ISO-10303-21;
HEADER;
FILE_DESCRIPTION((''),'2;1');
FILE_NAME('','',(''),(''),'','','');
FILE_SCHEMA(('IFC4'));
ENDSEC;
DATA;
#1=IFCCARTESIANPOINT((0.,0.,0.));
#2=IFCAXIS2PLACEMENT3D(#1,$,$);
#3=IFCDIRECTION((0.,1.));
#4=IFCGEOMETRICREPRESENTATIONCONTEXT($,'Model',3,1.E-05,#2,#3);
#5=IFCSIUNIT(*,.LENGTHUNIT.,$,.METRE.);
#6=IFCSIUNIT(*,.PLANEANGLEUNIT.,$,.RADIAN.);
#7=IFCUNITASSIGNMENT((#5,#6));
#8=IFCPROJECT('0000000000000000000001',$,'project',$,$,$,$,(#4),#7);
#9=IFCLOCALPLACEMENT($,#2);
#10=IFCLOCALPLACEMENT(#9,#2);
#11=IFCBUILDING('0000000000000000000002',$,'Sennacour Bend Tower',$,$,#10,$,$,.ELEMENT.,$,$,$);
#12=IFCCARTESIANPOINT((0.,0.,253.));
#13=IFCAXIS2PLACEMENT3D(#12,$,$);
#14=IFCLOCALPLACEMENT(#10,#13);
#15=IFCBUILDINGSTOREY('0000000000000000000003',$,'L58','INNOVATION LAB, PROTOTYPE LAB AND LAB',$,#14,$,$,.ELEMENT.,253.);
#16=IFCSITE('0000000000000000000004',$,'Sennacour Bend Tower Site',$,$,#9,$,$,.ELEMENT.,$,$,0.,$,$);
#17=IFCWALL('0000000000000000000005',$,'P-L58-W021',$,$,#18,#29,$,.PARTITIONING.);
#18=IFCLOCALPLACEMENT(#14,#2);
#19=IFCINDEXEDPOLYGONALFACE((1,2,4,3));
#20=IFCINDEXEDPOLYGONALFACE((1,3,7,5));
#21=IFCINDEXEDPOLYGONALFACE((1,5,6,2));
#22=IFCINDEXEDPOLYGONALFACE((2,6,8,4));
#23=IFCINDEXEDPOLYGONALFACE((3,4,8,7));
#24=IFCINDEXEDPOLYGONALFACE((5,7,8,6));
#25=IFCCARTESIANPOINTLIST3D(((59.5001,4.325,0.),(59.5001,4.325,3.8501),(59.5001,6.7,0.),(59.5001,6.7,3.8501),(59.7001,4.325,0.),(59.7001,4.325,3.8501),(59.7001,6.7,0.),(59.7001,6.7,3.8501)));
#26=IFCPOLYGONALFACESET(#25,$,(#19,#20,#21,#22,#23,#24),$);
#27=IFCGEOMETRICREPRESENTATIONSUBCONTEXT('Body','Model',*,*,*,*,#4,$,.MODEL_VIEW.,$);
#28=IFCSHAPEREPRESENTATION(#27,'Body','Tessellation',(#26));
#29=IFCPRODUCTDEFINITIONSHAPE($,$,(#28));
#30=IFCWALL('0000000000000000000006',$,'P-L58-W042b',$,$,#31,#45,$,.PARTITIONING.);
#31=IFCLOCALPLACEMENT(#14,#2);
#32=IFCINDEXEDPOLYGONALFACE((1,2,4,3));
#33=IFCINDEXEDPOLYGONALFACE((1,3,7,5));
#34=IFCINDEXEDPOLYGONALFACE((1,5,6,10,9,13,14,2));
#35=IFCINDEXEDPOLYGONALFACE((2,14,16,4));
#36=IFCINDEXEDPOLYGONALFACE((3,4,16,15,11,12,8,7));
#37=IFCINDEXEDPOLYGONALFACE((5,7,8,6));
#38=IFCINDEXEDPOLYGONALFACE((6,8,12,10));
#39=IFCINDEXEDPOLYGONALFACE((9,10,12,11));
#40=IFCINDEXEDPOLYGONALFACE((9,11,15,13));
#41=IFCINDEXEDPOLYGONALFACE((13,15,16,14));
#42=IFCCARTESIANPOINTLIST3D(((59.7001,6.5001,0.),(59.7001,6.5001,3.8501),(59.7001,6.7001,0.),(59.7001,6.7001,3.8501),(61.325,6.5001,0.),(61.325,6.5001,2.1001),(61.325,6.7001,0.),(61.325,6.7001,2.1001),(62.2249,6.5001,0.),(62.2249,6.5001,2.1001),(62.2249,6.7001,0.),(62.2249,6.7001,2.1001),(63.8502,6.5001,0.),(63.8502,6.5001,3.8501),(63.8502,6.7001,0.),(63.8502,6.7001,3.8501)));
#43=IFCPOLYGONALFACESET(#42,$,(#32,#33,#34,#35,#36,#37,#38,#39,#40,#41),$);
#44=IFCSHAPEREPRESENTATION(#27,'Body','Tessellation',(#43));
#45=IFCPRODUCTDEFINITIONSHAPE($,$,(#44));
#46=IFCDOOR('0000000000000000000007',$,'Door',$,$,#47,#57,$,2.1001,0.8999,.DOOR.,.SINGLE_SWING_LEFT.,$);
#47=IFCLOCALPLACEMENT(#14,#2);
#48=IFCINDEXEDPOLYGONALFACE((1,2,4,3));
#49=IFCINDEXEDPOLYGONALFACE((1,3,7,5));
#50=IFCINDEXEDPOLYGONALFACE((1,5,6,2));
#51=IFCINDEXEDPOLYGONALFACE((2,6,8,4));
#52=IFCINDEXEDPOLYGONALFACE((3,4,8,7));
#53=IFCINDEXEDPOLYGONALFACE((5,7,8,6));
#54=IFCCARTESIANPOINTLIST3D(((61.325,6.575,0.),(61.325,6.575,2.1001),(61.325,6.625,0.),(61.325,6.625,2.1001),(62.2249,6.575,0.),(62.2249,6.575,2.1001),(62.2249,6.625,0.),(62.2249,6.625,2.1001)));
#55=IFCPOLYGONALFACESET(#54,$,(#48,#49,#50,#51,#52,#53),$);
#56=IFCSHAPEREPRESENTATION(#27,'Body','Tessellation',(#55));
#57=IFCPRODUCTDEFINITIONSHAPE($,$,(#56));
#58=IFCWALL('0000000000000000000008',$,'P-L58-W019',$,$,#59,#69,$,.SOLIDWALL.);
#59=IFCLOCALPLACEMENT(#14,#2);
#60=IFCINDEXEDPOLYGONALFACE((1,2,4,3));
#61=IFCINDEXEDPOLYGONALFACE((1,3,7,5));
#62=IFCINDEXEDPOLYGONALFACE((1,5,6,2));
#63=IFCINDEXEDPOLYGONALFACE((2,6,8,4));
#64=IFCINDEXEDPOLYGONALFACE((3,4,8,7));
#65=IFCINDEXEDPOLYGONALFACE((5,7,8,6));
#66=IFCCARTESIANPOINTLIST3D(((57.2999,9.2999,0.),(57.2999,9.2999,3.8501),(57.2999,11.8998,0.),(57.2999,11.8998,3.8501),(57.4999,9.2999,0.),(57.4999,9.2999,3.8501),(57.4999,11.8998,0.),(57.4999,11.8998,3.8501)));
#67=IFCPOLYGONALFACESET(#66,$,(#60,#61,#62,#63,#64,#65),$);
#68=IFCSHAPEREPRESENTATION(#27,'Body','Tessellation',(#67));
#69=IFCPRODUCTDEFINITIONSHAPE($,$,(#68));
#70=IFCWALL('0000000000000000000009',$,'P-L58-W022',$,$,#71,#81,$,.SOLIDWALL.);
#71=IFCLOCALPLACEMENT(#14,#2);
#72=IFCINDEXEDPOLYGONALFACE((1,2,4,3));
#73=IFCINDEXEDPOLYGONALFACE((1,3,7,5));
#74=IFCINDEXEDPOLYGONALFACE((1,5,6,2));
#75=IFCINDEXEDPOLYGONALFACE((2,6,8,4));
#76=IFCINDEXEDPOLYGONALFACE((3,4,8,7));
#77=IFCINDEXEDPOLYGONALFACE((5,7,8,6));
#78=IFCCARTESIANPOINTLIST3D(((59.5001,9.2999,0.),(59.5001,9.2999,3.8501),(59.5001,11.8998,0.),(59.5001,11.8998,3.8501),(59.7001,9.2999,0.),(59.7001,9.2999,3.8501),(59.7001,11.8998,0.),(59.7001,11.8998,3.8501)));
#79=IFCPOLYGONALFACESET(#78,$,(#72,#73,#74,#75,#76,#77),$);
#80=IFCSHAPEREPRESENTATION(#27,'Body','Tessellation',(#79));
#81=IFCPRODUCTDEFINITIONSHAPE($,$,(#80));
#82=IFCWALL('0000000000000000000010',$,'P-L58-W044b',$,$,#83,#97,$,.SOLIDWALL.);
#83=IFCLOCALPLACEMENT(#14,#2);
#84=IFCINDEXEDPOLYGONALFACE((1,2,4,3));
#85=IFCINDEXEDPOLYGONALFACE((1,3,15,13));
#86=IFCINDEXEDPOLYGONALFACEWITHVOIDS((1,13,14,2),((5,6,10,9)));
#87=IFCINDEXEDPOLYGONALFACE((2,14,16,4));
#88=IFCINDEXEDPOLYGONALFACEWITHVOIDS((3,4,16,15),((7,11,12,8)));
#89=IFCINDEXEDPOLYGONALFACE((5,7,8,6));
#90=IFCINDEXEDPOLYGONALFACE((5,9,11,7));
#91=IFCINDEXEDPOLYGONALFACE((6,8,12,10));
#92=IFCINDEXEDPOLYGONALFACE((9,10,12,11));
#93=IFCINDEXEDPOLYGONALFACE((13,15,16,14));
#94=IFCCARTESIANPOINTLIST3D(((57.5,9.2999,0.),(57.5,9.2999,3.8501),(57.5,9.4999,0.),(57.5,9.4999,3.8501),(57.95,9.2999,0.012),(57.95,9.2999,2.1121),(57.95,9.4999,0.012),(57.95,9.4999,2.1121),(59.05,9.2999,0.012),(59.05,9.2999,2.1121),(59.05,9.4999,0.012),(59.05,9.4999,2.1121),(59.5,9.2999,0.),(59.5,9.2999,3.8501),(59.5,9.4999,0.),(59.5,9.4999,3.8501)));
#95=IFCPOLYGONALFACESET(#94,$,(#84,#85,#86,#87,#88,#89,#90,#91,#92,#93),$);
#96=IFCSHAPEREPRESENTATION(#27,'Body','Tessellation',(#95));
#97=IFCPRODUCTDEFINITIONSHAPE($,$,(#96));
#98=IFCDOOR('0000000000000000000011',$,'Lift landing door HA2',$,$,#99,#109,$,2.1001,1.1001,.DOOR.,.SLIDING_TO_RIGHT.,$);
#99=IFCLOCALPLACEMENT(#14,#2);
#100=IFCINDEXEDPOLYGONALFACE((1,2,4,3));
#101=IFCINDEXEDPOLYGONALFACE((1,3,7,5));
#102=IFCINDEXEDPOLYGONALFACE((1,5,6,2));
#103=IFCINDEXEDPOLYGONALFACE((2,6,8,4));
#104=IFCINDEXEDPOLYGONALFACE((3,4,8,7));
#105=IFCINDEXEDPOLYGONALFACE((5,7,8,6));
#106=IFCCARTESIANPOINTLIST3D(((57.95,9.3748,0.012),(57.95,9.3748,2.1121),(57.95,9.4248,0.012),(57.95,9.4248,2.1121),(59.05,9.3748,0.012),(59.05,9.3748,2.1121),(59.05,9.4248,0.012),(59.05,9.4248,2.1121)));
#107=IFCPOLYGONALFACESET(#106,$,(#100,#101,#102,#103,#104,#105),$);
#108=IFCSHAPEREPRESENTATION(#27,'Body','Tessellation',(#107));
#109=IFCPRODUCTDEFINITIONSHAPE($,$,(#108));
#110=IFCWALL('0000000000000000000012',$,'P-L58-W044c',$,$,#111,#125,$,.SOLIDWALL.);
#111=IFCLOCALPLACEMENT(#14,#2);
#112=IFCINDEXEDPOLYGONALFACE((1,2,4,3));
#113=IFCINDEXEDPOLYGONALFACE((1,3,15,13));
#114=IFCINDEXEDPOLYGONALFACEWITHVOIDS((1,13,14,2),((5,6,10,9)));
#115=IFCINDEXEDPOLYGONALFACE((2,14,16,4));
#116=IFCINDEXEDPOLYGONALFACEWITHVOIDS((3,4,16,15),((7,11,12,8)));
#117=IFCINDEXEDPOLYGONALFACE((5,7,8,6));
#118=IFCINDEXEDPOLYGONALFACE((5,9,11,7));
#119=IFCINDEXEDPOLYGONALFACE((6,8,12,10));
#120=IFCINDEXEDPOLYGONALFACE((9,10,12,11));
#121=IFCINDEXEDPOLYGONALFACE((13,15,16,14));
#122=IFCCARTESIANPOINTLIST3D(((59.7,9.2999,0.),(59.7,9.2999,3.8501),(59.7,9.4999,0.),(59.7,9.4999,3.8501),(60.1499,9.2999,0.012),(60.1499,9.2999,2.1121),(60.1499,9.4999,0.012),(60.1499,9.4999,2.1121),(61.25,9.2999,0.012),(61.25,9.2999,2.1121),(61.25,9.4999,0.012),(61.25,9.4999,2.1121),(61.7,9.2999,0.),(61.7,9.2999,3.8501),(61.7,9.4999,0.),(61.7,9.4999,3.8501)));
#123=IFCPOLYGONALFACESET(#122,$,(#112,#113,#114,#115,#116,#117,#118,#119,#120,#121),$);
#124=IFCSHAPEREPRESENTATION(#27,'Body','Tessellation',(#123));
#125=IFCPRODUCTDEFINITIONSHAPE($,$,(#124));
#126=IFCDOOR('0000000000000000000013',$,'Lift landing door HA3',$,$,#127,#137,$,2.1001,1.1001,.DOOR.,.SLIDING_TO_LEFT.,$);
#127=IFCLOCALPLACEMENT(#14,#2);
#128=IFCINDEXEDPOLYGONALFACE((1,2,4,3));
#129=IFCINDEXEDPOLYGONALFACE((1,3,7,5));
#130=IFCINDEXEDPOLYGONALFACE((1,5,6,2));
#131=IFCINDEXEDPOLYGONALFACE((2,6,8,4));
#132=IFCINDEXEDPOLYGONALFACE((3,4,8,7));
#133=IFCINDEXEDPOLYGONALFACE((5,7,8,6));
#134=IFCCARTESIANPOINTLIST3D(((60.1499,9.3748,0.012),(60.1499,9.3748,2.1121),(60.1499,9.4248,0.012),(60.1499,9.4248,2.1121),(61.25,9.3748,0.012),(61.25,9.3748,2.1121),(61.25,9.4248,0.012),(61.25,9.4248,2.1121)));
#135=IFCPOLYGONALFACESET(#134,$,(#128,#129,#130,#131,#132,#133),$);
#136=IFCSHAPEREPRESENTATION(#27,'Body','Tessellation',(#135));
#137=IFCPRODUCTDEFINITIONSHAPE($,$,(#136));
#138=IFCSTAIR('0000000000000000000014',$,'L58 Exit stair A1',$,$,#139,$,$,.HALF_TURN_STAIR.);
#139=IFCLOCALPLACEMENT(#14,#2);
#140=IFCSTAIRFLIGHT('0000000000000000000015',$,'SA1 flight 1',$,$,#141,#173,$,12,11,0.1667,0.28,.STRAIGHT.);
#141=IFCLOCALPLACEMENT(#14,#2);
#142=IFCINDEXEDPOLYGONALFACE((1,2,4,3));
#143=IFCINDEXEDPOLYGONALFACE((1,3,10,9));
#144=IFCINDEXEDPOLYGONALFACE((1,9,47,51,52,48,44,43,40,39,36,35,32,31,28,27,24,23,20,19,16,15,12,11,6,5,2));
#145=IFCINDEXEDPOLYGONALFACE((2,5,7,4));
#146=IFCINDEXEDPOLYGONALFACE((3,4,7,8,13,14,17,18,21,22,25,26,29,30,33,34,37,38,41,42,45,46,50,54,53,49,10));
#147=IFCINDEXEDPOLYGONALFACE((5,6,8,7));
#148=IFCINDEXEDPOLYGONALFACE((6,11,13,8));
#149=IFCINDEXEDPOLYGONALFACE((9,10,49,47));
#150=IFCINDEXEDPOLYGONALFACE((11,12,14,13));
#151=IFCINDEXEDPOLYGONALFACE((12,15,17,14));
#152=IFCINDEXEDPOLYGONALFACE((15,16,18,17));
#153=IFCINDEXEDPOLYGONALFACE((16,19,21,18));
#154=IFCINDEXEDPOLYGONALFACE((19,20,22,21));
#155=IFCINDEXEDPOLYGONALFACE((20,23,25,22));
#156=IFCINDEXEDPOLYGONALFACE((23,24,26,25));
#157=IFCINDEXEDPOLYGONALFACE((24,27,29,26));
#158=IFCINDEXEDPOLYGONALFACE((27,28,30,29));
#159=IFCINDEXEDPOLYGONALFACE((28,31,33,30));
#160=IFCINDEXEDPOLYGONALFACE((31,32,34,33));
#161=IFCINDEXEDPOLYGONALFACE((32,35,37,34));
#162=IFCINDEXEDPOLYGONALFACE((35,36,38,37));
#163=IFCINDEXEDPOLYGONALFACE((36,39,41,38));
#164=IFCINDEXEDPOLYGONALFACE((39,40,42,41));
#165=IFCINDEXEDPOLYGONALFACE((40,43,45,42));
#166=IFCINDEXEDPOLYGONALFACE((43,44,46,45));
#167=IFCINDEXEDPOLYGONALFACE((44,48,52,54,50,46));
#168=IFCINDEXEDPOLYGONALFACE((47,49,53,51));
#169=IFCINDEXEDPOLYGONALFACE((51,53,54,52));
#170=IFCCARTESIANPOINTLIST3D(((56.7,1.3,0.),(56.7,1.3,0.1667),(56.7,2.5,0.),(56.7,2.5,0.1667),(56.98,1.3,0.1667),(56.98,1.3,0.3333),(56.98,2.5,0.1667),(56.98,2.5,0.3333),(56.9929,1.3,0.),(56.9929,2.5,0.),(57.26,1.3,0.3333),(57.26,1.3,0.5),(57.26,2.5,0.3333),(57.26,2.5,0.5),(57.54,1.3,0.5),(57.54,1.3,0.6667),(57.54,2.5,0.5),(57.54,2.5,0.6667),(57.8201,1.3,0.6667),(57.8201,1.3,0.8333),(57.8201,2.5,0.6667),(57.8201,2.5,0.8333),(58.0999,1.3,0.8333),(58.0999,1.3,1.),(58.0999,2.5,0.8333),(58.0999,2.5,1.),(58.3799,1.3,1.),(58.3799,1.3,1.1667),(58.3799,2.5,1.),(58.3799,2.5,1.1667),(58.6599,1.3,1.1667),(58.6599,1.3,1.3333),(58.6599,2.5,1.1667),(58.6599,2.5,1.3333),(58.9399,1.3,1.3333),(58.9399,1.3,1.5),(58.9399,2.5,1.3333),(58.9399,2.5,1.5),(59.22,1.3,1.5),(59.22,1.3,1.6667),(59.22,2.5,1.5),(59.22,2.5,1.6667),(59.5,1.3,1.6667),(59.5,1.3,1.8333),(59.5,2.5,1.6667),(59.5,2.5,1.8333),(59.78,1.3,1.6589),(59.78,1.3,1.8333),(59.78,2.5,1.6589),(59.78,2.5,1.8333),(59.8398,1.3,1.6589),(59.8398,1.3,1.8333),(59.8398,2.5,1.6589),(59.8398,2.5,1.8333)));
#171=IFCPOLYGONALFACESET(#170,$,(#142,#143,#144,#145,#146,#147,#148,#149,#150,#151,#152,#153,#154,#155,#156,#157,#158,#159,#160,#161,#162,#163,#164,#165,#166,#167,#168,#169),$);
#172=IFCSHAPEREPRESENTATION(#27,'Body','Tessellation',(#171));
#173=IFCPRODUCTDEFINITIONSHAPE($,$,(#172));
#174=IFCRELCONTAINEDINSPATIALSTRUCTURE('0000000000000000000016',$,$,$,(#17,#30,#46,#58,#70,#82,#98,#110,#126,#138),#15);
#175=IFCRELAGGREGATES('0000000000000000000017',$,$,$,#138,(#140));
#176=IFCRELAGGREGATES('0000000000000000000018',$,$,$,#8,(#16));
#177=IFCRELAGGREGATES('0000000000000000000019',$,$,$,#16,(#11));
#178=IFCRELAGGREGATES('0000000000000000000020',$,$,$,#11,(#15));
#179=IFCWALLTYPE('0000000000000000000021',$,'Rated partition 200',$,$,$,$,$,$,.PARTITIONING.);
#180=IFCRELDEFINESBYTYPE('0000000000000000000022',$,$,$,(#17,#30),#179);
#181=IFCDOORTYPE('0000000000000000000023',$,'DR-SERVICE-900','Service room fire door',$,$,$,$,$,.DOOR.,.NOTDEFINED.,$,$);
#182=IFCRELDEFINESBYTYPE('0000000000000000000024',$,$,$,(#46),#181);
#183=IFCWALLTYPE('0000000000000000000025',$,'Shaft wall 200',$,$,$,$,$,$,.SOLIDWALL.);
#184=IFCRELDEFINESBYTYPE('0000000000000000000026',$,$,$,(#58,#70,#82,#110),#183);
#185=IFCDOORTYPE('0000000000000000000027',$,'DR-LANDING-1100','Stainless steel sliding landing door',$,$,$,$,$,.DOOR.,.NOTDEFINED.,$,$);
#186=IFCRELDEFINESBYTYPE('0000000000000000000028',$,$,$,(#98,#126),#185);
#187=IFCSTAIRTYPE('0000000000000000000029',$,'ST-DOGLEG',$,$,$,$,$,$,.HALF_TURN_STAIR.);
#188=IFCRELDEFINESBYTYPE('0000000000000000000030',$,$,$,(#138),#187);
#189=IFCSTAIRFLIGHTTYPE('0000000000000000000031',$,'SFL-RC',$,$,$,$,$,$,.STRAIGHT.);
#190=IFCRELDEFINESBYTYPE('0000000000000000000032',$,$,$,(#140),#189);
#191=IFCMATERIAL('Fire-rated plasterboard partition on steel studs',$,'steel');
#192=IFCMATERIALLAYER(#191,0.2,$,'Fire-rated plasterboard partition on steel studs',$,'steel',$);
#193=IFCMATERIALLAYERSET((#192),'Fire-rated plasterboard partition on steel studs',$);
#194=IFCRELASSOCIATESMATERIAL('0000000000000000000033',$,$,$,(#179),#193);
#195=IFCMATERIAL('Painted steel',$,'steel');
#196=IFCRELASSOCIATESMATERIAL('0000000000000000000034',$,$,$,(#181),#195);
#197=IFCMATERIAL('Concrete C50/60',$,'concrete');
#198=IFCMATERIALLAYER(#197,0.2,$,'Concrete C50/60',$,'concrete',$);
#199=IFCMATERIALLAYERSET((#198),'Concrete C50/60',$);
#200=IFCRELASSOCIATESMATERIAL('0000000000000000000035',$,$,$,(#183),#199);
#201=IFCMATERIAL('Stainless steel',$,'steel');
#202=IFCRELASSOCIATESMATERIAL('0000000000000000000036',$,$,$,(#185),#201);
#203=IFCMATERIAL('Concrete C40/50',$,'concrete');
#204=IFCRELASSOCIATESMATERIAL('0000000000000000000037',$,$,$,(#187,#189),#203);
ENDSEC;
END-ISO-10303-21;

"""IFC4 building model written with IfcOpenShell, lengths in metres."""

from ifc_helpers import new_model, si_unit, direction, frame, frame_2d, origin, place, context, subcontext, project, spatial, polyline, rectangle, outline, extrude, material, layer, layer_set, type_object, element, fill, aggregate, save


model = new_model("IFC4")

# Units and contexts
model_context = context("Model", 3, precision=1e-05, world=origin(), true_north=direction((0.0, 1.0)))
body_context = subcontext(model_context, "Body", "Model", "MODEL_VIEW")
ifc_project = project(units=[si_unit("LENGTHUNIT", "METRE"), si_unit("PLANEANGLEUNIT", "RADIAN")], contexts=[model_context])

# Site, building, storey
site_placement = place(None, origin())
site = spatial("IfcSite", under=ifc_project, at=site_placement, Name="Sennacour Bend Tower Site", CompositionType="ELEMENT", RefElevation=0.0)
building_placement = place(site_placement, origin())
building = spatial("IfcBuilding", under=site, at=building_placement, Name="Sennacour Bend Tower", CompositionType="ELEMENT")
storey_placement = place(building_placement, frame((0.0, 0.0, 253.0)))
storey = spatial("IfcBuildingStorey", under=building, at=storey_placement, Name="L58", Description="INNOVATION LAB, PROTOTYPE LAB AND LAB", CompositionType="ELEMENT", Elevation=253.0)

# Wall
ifc_material_1 = material(Name="Fire-rated plasterboard partition on steel studs", Category="steel")
ifc_layer_1 = layer(ifc_material_1, 0.2, Name="Fire-rated plasterboard partition on steel studs", Category="steel")
ifc_layer_set_1 = layer_set([ifc_layer_1], Name="Fire-rated plasterboard partition on steel studs")
wall_type_1 = type_object("IfcWallType", Name="Rated partition 200", PredefinedType="PARTITIONING", material=ifc_layer_set_1)
wall_1_placement = place(storey_placement, frame((59.6001, 4.325, 0.0), z_axis=(0.0, 0.0, 1.0), x_axis=(0.0, 1.0, 0.0)))
element("IfcWall", 1, at=wall_1_placement, inside=storey, type_object=wall_type_1, Name="P-L58-W021", PredefinedType="PARTITIONING", context=body_context, shape_type="SweptSolid", body=[
    extrude(rectangle(XDim=2.375, YDim=0.2, at=frame_2d((1.1875, 0.0))), origin(), (0.0, 0.0, 1.0), 3.8501),
])

# Wall, opening, door
wall_2_placement = place(storey_placement, frame((59.7, 6.6001, 0.0), z_axis=(0.0, 0.0, 1.0), x_axis=(1.0, 0.0, 0.0)))
wall_2 = element("IfcWall", 2, at=wall_2_placement, inside=storey, type_object=wall_type_1, Name="P-L58-W042b", PredefinedType="PARTITIONING", context=body_context, shape_type="SweptSolid", body=[
    extrude(rectangle(XDim=4.1501, YDim=0.2, at=frame_2d((2.0752, 0.0))), origin(), (0.0, 0.0, 1.0), 3.8501),
])
opening_1_placement = place(wall_2_placement, frame((1.625, 0.0, 0.0)))
opening_1 = element("IfcOpeningElement", 3, at=opening_1_placement, cuts=wall_2, PredefinedType="OPENING", context=body_context, shape_type="SweptSolid", body=[
    extrude(rectangle(XDim=0.8999, YDim=2.1001, at=frame_2d((0.45, 1.05))), frame((0.0, 0.1099, 0.0), z_axis=(0.0, -1.0, 0.0), x_axis=(1.0, 0.0, 0.0)), (0.0, 0.0, 1.0), 0.22),
])
ifc_material_2 = material(Name="Painted steel", Category="steel")
door_type_1 = type_object("IfcDoorType", Name="DR-SERVICE-900", Description="Service room fire door", OperationType="NOTDEFINED", PredefinedType="DOOR", material=ifc_material_2)
door_1_placement = place(opening_1_placement, origin())
door_1 = element("IfcDoor", 4, at=door_1_placement, inside=storey, type_object=door_type_1, Name="Door", OperationType="SINGLE_SWING_LEFT", OverallHeight=2.1001, OverallWidth=0.8999, PredefinedType="DOOR", context=body_context, shape_type="SweptSolid", body=[
    extrude(rectangle(XDim=0.8999, YDim=2.1001, at=frame_2d((0.45, 1.05))), frame((0.0, 0.0249, 0.0), z_axis=(0.0, -1.0, 0.0), x_axis=(1.0, 0.0, 0.0)), (0.0, 0.0, 1.0), 0.05),
])
fill(opening_1, door_1)

# Walls
ifc_material_3 = material(Name="Concrete C50/60", Category="concrete")
ifc_layer_2 = layer(ifc_material_3, 0.2, Name="Concrete C50/60", Category="concrete")
ifc_layer_set_2 = layer_set([ifc_layer_2], Name="Concrete C50/60")
wall_type_2 = type_object("IfcWallType", Name="Shaft wall 200", PredefinedType="SOLIDWALL", material=ifc_layer_set_2)
for number, where, z_axis, x_axis, name in (
    (5, (57.3999, 9.3, 0.0), (0.0, 0.0, 1.0), (0.0, 1.0, 0.0), "P-L58-W019"),
    (6, (59.6001, 9.3, 0.0), (0.0, 0.0, 1.0), (0.0, 1.0, 0.0), "P-L58-W022"),
):
    element("IfcWall", number, at=place(storey_placement, frame(where, z_axis=z_axis, x_axis=x_axis)), inside=storey, type_object=wall_type_2, Name=name, PredefinedType="SOLIDWALL", context=body_context, shape_type="SweptSolid", body=[
        extrude(rectangle(XDim=2.5999, YDim=0.2, at=frame_2d((1.2998, 0.0))), origin(), (0.0, 0.0, 1.0), 3.8501),
    ])

# Walls, openings, doors
wall_3_placement = place(storey_placement, frame((57.5, 9.3999, 0.0), z_axis=(0.0, 0.0, 1.0), x_axis=(1.0, 0.0, 0.0)))
wall_3 = element("IfcWall", 7, at=wall_3_placement, inside=storey, type_object=wall_type_2, Name="P-L58-W044b", PredefinedType="SOLIDWALL", context=body_context, shape_type="SweptSolid", body=[
    extrude(rectangle(XDim=2.0, YDim=0.2, at=frame_2d((1.0, 0.0))), origin(), (0.0, 0.0, 1.0), 3.8501),
])
opening_2_placement = place(wall_3_placement, frame((0.45, 0.0, 0.012)))
opening_2 = element("IfcOpeningElement", 8, at=opening_2_placement, cuts=wall_3, PredefinedType="OPENING", context=body_context, shape_type="SweptSolid", body=[
    extrude(rectangle(XDim=1.1001, YDim=2.1001, at=frame_2d((0.55, 1.05))), frame((0.0, 0.1099, 0.0), z_axis=(0.0, -1.0, 0.0), x_axis=(1.0, 0.0, 0.0)), (0.0, 0.0, 1.0), 0.22),
])
ifc_material_4 = material(Name="Stainless steel", Category="steel")
door_type_2 = type_object("IfcDoorType", Name="DR-LANDING-1100", Description="Stainless steel sliding landing door", OperationType="NOTDEFINED", PredefinedType="DOOR", material=ifc_material_4)
door_2_placement = place(opening_2_placement, origin())
door_2 = element("IfcDoor", 9, at=door_2_placement, inside=storey, type_object=door_type_2, Name="Lift landing door HA2", OperationType="SLIDING_TO_RIGHT", OverallHeight=2.1001, OverallWidth=1.1001, PredefinedType="DOOR", context=body_context, shape_type="SweptSolid", body=[
    extrude(rectangle(XDim=1.1001, YDim=2.1001, at=frame_2d((0.55, 1.05))), frame((0.0, 0.0249, 0.0), z_axis=(0.0, -1.0, 0.0), x_axis=(1.0, 0.0, 0.0)), (0.0, 0.0, 1.0), 0.05),
])
fill(opening_2, door_2)
wall_4_placement = place(storey_placement, frame((59.7, 9.3999, 0.0), z_axis=(0.0, 0.0, 1.0), x_axis=(1.0, 0.0, 0.0)))
wall_4 = element("IfcWall", 10, at=wall_4_placement, inside=storey, type_object=wall_type_2, Name="P-L58-W044c", PredefinedType="SOLIDWALL", context=body_context, shape_type="SweptSolid", body=[
    extrude(rectangle(XDim=2.0, YDim=0.2, at=frame_2d((1.0, 0.0))), origin(), (0.0, 0.0, 1.0), 3.8501),
])
opening_3_placement = place(wall_4_placement, frame((0.45, 0.0, 0.012)))
opening_3 = element("IfcOpeningElement", 11, at=opening_3_placement, cuts=wall_4, PredefinedType="OPENING", context=body_context, shape_type="SweptSolid", body=[
    extrude(rectangle(XDim=1.1001, YDim=2.1001, at=frame_2d((0.55, 1.05))), frame((0.0, 0.1099, 0.0), z_axis=(0.0, -1.0, 0.0), x_axis=(1.0, 0.0, 0.0)), (0.0, 0.0, 1.0), 0.22),
])
door_3_placement = place(opening_3_placement, origin())
door_3 = element("IfcDoor", 12, at=door_3_placement, inside=storey, type_object=door_type_2, Name="Lift landing door HA3", OperationType="SLIDING_TO_LEFT", OverallHeight=2.1001, OverallWidth=1.1001, PredefinedType="DOOR", context=body_context, shape_type="SweptSolid", body=[
    extrude(rectangle(XDim=1.1001, YDim=2.1001, at=frame_2d((0.55, 1.05))), frame((0.0, 0.0249, 0.0), z_axis=(0.0, -1.0, 0.0), x_axis=(1.0, 0.0, 0.0)), (0.0, 0.0, 1.0), 0.05),
])
fill(opening_3, door_3)

# Stair, stair flight
ifc_material_5 = material(Name="Concrete C40/50", Category="concrete")
stair_type = type_object("IfcStairType", Name="ST-DOGLEG", PredefinedType="HALF_TURN_STAIR", material=ifc_material_5)
stair_placement = place(storey_placement, origin())
stair = element("IfcStair", 13, at=stair_placement, inside=storey, type_object=stair_type, Name="L58 Exit stair A1", PredefinedType="HALF_TURN_STAIR")
stair_flight_type = type_object("IfcStairFlightType", Name="SFL-RC", PredefinedType="STRAIGHT", material=ifc_material_5)
stair_flight_placement = place(storey_placement, frame((56.7, 1.8999, 0.0), z_axis=(0.0, 0.0, 1.0), x_axis=(1.0, 0.0, 0.0)))
stair_flight = element("IfcStairFlight", 14, at=stair_flight_placement, type_object=stair_flight_type, Name="SA1 flight 1", NumberOfRisers=12, NumberOfTreads=11, PredefinedType="STRAIGHT", RiserHeight=0.1667, TreadLength=0.28, context=body_context, shape_type="SweptSolid", body=[
    extrude(outline(polyline([(0.0, 0.0), (0.0, 0.1667), (0.28, 0.1667), (0.28, 0.3333), (0.5601, 0.3333), (0.5601, 0.5), (0.8401, 0.5), (0.8401, 0.6667), (1.1201, 0.6667), (1.1201, 0.8333), (1.3999, 0.8333), (1.3999, 1.0), (1.6799, 1.0), (1.6799, 1.1667), (1.96, 1.1667), (1.96, 1.3333), (2.24, 1.3333), (2.24, 1.5), (2.52, 1.5), (2.52, 1.6667), (2.8, 1.6667), (2.8, 1.8333), (3.0801, 1.8333), (3.1399, 1.8333), (3.1399, 1.6589), (3.0801, 1.6589), (0.293, 0.0), (0.0, 0.0)])), frame((0.0, 0.6001, 0.0), z_axis=(0.0, -1.0, 0.0), x_axis=(1.0, 0.0, 0.0)), (0.0, 0.0, 1.0), 1.2),
])
aggregate(stair, [stair_flight])

save(model, "model.ifc")
